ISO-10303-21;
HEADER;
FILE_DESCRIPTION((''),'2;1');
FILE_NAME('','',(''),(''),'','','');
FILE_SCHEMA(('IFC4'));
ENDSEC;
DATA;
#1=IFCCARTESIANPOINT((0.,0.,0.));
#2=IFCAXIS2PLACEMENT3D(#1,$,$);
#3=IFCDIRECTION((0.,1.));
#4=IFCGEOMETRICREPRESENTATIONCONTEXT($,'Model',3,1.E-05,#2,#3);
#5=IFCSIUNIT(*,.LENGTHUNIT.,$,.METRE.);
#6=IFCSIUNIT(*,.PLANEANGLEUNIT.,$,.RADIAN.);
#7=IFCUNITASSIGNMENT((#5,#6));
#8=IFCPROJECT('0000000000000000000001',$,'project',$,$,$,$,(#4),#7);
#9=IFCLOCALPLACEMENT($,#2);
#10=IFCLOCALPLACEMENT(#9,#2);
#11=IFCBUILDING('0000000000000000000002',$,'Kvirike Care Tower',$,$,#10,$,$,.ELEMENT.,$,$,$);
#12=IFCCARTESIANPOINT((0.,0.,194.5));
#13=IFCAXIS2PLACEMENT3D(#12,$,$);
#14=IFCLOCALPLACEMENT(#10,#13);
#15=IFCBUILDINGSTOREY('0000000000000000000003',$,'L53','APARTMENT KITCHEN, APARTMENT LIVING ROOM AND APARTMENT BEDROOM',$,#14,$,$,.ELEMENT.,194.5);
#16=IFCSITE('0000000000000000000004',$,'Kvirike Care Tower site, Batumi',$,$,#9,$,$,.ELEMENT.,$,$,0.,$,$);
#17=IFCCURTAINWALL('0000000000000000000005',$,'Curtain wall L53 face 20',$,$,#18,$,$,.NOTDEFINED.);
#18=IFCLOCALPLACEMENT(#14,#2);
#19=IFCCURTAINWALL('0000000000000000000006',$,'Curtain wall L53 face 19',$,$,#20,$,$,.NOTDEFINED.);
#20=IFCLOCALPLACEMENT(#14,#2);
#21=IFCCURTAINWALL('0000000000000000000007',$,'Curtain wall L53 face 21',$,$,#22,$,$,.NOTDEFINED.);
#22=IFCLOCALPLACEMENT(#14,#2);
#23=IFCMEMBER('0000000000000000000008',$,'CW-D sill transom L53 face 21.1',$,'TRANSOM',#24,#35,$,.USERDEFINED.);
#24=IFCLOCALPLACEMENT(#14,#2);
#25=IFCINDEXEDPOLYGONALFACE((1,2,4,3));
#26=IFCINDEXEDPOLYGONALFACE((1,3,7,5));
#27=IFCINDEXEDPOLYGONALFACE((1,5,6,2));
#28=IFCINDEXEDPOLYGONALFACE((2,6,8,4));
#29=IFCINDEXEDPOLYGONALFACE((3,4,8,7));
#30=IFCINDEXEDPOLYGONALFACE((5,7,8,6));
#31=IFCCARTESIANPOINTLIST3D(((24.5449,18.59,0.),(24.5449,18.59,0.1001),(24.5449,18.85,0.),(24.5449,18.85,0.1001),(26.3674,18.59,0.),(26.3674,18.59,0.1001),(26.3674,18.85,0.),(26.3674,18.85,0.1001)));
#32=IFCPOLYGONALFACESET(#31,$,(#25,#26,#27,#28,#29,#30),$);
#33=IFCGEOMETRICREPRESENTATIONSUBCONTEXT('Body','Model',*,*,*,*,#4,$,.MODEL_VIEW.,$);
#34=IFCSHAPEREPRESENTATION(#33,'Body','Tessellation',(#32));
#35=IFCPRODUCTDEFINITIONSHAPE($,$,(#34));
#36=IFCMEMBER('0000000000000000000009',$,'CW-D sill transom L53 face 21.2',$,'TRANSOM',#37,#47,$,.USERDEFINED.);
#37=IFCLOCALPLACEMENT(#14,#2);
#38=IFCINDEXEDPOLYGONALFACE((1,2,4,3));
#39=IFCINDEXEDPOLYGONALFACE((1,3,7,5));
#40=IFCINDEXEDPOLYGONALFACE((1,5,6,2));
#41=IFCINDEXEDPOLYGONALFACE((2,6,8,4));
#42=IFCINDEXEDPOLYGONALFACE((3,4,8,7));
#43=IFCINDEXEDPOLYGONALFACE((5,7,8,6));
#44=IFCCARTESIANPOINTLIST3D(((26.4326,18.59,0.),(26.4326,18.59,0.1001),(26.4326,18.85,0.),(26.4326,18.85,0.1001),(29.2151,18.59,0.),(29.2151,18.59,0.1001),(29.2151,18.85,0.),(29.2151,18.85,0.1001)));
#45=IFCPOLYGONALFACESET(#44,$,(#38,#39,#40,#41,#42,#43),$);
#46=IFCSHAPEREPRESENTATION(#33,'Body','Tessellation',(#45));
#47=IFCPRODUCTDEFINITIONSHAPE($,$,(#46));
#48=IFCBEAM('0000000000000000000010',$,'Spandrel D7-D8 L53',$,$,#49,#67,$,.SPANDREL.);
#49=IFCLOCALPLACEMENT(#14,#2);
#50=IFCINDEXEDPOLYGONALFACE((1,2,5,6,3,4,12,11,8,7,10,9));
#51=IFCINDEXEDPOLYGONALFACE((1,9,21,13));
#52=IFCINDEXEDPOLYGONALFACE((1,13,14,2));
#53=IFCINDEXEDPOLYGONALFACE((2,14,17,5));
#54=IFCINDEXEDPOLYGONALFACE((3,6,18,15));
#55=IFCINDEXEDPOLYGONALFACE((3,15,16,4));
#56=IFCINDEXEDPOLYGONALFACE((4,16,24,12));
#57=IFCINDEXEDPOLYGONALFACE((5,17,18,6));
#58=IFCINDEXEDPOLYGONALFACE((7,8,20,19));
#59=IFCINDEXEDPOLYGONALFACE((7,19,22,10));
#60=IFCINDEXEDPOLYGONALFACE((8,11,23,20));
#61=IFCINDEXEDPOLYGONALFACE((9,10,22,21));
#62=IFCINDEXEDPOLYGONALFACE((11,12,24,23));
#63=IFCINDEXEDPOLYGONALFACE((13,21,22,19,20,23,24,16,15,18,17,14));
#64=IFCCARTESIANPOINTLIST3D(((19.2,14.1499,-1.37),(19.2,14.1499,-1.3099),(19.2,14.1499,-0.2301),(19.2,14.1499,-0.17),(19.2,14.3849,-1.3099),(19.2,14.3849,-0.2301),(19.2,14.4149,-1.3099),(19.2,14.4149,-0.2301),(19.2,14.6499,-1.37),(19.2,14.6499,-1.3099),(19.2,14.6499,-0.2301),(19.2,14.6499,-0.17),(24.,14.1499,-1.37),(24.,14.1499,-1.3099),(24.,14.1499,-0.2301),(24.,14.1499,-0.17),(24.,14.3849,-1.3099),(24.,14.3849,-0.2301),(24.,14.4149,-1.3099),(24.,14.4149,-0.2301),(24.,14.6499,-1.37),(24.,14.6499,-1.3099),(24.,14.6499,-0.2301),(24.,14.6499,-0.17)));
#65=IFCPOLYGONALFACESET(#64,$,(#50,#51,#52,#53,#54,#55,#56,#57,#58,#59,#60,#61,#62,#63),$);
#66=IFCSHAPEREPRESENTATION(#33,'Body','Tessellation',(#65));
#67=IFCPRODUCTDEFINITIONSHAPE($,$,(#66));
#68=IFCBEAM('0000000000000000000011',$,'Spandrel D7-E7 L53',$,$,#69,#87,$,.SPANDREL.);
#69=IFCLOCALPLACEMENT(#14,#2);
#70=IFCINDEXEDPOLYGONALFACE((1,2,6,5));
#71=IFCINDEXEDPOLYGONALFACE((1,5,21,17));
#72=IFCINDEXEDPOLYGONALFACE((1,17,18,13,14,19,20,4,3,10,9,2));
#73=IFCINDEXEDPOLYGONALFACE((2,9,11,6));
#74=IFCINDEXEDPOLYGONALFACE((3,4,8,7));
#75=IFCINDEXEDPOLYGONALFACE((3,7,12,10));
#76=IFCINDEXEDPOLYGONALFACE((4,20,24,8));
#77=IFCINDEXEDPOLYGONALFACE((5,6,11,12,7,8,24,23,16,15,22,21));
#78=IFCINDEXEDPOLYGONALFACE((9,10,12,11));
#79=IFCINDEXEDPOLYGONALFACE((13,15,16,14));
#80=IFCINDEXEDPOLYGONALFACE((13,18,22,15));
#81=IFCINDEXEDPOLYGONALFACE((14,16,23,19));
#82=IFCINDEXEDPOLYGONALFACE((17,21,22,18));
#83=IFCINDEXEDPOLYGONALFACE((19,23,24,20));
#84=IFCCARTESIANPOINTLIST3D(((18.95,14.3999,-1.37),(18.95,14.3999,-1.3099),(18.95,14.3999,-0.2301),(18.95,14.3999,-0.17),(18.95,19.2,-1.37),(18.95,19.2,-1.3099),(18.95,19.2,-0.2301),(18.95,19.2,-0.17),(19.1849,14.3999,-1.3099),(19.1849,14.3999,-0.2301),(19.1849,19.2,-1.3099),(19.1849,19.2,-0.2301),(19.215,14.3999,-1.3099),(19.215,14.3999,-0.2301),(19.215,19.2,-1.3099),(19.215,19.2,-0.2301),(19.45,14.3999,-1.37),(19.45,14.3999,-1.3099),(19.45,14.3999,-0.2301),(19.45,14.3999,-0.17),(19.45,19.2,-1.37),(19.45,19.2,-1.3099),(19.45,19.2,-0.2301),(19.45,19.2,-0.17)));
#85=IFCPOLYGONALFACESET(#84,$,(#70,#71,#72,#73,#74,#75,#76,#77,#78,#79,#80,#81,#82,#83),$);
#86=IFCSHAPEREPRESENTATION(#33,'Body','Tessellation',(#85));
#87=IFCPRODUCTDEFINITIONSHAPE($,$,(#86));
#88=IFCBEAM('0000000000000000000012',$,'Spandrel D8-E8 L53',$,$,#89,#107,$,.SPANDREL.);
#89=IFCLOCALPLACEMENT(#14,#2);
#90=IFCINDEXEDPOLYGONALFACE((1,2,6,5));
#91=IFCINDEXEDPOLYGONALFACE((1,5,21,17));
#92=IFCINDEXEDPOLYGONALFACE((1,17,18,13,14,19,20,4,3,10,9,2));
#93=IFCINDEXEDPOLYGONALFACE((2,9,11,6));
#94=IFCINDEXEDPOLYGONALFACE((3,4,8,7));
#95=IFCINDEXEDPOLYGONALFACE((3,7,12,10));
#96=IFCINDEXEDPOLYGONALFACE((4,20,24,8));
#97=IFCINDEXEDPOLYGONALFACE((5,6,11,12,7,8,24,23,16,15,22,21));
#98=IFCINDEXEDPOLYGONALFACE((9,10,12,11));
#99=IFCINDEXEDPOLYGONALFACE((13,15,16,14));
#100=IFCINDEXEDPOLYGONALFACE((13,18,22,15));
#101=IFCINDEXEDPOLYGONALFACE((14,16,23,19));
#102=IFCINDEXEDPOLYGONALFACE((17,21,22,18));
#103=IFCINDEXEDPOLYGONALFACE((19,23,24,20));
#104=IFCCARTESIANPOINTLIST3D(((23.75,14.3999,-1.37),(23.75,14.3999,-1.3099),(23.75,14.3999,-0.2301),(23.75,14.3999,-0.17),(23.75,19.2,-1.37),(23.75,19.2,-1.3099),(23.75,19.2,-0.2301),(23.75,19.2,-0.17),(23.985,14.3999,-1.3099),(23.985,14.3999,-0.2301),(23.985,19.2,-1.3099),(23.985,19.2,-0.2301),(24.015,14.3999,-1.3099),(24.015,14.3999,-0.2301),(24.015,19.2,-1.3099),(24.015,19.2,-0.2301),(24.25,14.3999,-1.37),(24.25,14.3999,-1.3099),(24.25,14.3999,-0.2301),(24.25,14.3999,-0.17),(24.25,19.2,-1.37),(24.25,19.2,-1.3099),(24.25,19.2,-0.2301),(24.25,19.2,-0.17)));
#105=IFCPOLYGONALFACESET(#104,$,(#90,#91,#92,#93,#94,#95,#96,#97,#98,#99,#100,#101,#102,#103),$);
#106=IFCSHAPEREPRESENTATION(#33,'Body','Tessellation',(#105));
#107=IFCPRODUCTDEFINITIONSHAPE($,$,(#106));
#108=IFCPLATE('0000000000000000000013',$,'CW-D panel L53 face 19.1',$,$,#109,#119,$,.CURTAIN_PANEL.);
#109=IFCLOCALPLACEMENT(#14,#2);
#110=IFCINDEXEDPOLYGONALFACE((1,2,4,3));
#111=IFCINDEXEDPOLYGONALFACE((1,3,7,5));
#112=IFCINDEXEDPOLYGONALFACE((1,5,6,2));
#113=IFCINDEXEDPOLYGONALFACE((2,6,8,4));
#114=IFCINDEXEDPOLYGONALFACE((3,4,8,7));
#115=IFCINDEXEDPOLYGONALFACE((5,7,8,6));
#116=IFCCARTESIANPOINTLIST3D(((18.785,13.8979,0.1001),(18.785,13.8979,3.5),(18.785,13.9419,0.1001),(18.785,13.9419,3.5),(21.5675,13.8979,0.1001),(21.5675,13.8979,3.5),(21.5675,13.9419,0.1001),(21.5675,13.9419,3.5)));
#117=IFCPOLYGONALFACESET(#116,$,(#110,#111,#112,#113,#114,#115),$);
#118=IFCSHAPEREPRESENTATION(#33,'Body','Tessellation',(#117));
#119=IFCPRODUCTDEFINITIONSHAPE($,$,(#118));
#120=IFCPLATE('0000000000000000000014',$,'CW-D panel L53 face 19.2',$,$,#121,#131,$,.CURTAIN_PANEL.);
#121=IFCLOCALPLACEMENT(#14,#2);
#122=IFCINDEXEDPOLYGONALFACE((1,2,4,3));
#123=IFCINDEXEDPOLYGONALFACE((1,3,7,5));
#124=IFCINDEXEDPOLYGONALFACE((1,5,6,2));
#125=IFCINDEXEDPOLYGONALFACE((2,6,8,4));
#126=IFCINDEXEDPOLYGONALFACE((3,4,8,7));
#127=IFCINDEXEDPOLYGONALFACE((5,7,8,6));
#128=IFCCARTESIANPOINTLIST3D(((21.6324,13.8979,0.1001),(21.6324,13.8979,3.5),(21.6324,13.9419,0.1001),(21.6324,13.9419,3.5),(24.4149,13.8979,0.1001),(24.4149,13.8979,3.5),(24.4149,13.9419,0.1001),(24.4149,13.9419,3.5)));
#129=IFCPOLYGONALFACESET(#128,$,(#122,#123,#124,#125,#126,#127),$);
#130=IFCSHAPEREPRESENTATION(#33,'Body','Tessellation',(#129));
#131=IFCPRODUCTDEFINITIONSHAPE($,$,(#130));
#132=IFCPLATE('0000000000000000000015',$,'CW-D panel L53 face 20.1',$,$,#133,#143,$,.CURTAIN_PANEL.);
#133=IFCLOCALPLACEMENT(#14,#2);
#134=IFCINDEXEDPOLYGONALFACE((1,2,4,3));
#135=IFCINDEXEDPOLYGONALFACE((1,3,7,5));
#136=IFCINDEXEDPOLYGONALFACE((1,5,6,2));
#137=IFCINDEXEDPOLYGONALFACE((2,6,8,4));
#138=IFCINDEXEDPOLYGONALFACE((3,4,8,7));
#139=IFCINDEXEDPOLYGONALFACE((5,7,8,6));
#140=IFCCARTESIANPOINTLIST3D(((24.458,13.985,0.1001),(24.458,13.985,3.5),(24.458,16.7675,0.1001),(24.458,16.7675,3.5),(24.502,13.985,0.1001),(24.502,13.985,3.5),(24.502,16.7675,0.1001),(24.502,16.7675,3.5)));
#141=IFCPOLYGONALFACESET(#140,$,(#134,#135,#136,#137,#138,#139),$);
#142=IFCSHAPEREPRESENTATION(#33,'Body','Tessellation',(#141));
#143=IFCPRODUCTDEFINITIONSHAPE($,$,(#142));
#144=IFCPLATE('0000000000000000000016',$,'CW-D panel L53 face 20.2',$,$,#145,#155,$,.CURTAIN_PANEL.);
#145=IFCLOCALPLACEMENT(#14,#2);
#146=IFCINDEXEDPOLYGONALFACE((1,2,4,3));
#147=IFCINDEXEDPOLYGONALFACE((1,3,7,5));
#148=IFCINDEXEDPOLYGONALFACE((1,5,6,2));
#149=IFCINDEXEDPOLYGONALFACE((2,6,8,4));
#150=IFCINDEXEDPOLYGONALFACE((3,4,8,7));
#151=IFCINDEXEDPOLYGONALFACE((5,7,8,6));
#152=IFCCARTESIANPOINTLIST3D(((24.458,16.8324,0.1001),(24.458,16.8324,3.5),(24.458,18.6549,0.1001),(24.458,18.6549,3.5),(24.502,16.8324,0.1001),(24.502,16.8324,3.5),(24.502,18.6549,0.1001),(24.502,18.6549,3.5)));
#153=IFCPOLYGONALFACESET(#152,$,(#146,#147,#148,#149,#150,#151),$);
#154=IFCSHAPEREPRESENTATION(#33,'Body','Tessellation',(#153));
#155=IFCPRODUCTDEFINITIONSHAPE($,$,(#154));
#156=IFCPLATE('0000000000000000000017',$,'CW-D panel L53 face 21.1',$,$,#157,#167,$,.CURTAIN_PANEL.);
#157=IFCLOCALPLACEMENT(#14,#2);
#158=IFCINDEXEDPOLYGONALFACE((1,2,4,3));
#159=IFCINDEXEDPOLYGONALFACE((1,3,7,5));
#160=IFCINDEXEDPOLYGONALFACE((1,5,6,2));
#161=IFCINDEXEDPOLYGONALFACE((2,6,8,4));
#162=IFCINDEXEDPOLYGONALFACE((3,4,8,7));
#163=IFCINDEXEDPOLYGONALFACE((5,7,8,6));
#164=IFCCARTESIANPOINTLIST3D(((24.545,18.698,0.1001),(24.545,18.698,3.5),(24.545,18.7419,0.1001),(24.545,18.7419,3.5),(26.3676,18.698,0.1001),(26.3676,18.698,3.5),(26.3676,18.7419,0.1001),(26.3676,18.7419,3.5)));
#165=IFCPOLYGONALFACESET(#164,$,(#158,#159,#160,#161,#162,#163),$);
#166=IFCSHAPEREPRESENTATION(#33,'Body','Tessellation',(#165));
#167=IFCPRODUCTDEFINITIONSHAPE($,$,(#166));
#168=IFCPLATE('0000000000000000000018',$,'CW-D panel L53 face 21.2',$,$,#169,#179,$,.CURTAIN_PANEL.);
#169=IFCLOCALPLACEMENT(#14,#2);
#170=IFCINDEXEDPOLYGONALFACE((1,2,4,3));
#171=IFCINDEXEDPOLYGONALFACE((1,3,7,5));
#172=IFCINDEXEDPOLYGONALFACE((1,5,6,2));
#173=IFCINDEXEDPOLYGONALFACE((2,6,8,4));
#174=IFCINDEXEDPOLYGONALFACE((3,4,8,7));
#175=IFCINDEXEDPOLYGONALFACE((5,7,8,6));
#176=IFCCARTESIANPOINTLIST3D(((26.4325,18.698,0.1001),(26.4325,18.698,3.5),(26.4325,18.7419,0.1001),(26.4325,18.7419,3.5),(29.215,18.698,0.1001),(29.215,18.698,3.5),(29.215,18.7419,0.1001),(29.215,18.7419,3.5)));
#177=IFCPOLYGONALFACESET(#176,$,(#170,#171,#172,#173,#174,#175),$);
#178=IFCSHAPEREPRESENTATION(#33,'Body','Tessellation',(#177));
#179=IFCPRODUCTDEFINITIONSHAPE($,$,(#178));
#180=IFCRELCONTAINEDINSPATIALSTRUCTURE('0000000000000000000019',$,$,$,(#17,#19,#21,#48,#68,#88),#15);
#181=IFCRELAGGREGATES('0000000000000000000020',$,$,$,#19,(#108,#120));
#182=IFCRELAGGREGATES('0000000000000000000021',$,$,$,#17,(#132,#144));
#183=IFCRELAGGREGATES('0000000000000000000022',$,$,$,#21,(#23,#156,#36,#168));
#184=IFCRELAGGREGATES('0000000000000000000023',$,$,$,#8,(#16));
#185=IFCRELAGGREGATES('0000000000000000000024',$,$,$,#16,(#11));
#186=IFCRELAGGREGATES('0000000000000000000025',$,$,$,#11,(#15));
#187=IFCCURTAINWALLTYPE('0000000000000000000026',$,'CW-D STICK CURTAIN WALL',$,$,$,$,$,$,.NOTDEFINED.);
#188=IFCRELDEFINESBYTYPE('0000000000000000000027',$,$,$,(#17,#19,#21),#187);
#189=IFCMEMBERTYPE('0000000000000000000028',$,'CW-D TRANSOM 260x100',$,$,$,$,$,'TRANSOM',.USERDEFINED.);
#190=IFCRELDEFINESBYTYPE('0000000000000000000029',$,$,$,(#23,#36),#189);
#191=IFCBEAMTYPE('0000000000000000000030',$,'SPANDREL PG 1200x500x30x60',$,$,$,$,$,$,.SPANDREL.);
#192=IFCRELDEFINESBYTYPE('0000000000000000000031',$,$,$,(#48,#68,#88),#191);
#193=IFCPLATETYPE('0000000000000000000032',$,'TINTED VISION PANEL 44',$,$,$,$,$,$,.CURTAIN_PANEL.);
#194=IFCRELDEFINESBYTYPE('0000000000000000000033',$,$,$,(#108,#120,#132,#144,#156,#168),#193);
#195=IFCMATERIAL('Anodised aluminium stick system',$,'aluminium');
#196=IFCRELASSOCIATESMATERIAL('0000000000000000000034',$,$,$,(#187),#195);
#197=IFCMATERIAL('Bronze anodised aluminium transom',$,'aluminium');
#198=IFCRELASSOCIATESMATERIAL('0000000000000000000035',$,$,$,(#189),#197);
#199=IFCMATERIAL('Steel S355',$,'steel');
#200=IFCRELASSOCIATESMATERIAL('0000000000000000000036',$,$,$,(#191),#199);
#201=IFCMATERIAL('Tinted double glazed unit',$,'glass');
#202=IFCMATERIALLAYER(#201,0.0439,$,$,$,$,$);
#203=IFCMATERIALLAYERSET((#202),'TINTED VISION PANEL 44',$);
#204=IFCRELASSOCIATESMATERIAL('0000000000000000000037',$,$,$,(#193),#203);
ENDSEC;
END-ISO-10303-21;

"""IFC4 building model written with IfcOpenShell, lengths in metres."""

from ifc_helpers import new_model, si_unit, direction, frame, origin, origin_2d, place, context, subcontext, project, spatial, rectangle, i_section, extrude, material, layer, layer_set, material_profile, profile_set, type_object, element, aggregate, save


model = new_model("IFC4")

# Units and contexts
model_context = context("Model", 3, precision=1e-05, world=origin(), true_north=direction((0.0, 1.0)))
body_context = subcontext(model_context, "Body", "Model", "MODEL_VIEW")
ifc_project = project(units=[si_unit("LENGTHUNIT", "METRE"), si_unit("PLANEANGLEUNIT", "RADIAN")], contexts=[model_context])

# Site, building, storey
site_placement = place(None, origin())
site = spatial("IfcSite", under=ifc_project, at=site_placement, Name="Kvirike Care Tower site, Batumi", CompositionType="ELEMENT", RefElevation=0.0)
building_placement = place(site_placement, origin())
building = spatial("IfcBuilding", under=site, at=building_placement, Name="Kvirike Care Tower", CompositionType="ELEMENT")
storey_placement = place(building_placement, frame((0.0, 0.0, 194.5)))
storey = spatial("IfcBuildingStorey", under=building, at=storey_placement, Name="L53", Description="APARTMENT KITCHEN, APARTMENT LIVING ROOM AND APARTMENT BEDROOM", CompositionType="ELEMENT", Elevation=194.5)

# Curtain wall
ifc_material_1 = material(Name="Anodised aluminium stick system", Category="aluminium")
curtain_wall_type = type_object("IfcCurtainWallType", Name="CW-D STICK CURTAIN WALL", PredefinedType="NOTDEFINED", material=ifc_material_1)
curtain_wall_1_placement = place(storey_placement, origin())
curtain_wall_1 = element("IfcCurtainWall", 1, at=curtain_wall_1_placement, inside=storey, type_object=curtain_wall_type, Name="Curtain wall L53 face 20", PredefinedType="NOTDEFINED")

# Curtain wall
curtain_wall_2_placement = place(storey_placement, origin())
curtain_wall_2 = element("IfcCurtainWall", 2, at=curtain_wall_2_placement, inside=storey, type_object=curtain_wall_type, Name="Curtain wall L53 face 19", PredefinedType="NOTDEFINED")

# Curtain wall
curtain_wall_3_placement = place(storey_placement, origin())
curtain_wall_3 = element("IfcCurtainWall", 3, at=curtain_wall_3_placement, inside=storey, type_object=curtain_wall_type, Name="Curtain wall L53 face 21", PredefinedType="NOTDEFINED")

# Members
ifc_material_2 = material(Name="Bronze anodised aluminium transom", Category="aluminium")
ifc_material_profile_1 = material_profile(ifc_material_2, rectangle(XDim=0.26, YDim=0.1001, at=origin_2d()), Name="CW-D TRANSOM 260x100")
ifc_profile_set_1 = profile_set([ifc_material_profile_1], Name="Bronze anodised aluminium transom")
member_type_1 = type_object("IfcMemberType", Name="CW-D TRANSOM 260x100", ElementType="TRANSOM", PredefinedType="USERDEFINED", material=ifc_profile_set_1)
member_1_placement = place(storey_placement, frame((24.5449, 18.72, 0.05), z_axis=(1.0, 0.0, 0.0), x_axis=(0.0, 1.0, 0.0)))
member_1 = element("IfcMember", 4, at=member_1_placement, type_object=member_type_1, Name="CW-D sill transom L53 face 21.1", ObjectType="TRANSOM", PredefinedType="USERDEFINED", context=body_context, shape_type="SweptSolid", body=[
    extrude(rectangle(XDim=0.26, YDim=0.1001, at=origin_2d()), origin(), (0.0, 0.0, 1.0), 1.8225),
])
member_2_placement = place(storey_placement, frame((26.4326, 18.72, 0.05), z_axis=(1.0, 0.0, 0.0), x_axis=(0.0, 1.0, 0.0)))
member_2 = element("IfcMember", 5, at=member_2_placement, type_object=member_type_1, Name="CW-D sill transom L53 face 21.2", ObjectType="TRANSOM", PredefinedType="USERDEFINED", context=body_context, shape_type="SweptSolid", body=[
    extrude(rectangle(XDim=0.26, YDim=0.1001, at=origin_2d()), origin(), (0.0, 0.0, 1.0), 2.7825),
])

# Beams
ifc_material_3 = material(Name="Steel S355", Category="steel")
ifc_material_profile_2 = material_profile(ifc_material_3, i_section(OverallWidth=0.5, OverallDepth=1.2, WebThickness=0.03, FlangeThickness=0.0601, at=origin_2d()), Name="PG 1200x500x30x60")
ifc_profile_set_2 = profile_set([ifc_material_profile_2], Name="Steel S355")
beam_type = type_object("IfcBeamType", Name="SPANDREL PG 1200x500x30x60", PredefinedType="SPANDREL", material=ifc_profile_set_2)
for number, where, z_axis, x_axis, name in (
    (6, (19.2, 14.3999, -0.77), (1.0, 0.0, 0.0), (0.0, 1.0, 0.0), "Spandrel D7-D8 L53"),
    (7, (19.2, 14.3999, -0.77), (0.0, 1.0, 0.0), (-1.0, 0.0, 0.0), "Spandrel D7-E7 L53"),
    (8, (24.0, 14.3999, -0.77), (0.0, 1.0, 0.0), (-1.0, 0.0, 0.0), "Spandrel D8-E8 L53"),
):
    element("IfcBeam", number, at=place(storey_placement, frame(where, z_axis=z_axis, x_axis=x_axis)), inside=storey, type_object=beam_type, Name=name, PredefinedType="SPANDREL", context=body_context, shape_type="SweptSolid", body=[
        extrude(i_section(OverallWidth=0.5, OverallDepth=1.2, WebThickness=0.03, FlangeThickness=0.0601, at=origin_2d()), origin(), (0.0, 0.0, 1.0), 4.8),
    ])

# Plates
ifc_material_4 = material(Name="Tinted double glazed unit", Category="glass")
ifc_layer = layer(ifc_material_4, 0.0439)
ifc_layer_set = layer_set([ifc_layer], Name="TINTED VISION PANEL 44")
plate_type = type_object("IfcPlateType", Name="TINTED VISION PANEL 44", PredefinedType="CURTAIN_PANEL", material=ifc_layer_set)
plate_1_placement = place(storey_placement, frame((20.1763, 13.9199, 0.1001), z_axis=(0.0, 0.0, 1.0), x_axis=(1.0, 0.0, 0.0)))
plate_1 = element("IfcPlate", 9, at=plate_1_placement, type_object=plate_type, Name="CW-D panel L53 face 19.1", PredefinedType="CURTAIN_PANEL", context=body_context, shape_type="SweptSolid", body=[
    extrude(rectangle(XDim=2.7825, YDim=0.0439, at=origin_2d()), origin(), (0.0, 0.0, 1.0), 3.3999),
])
plate_2_placement = place(storey_placement, frame((23.0237, 13.9199, 0.1001), z_axis=(0.0, 0.0, 1.0), x_axis=(1.0, 0.0, 0.0)))
plate_2 = element("IfcPlate", 10, at=plate_2_placement, type_object=plate_type, Name="CW-D panel L53 face 19.2", PredefinedType="CURTAIN_PANEL", context=body_context, shape_type="SweptSolid", body=[
    extrude(rectangle(XDim=2.7825, YDim=0.0439, at=origin_2d()), origin(), (0.0, 0.0, 1.0), 3.3999),
])
aggregate(curtain_wall_2, [plate_1, plate_2])
plate_3_placement = place(storey_placement, frame((24.48, 15.3762, 0.1001), z_axis=(0.0, 0.0, 1.0), x_axis=(0.0, 1.0, 0.0)))
plate_3 = element("IfcPlate", 11, at=plate_3_placement, type_object=plate_type, Name="CW-D panel L53 face 20.1", PredefinedType="CURTAIN_PANEL", context=body_context, shape_type="SweptSolid", body=[
    extrude(rectangle(XDim=2.7825, YDim=0.0439, at=origin_2d()), origin(), (0.0, 0.0, 1.0), 3.3999),
])
plate_4_placement = place(storey_placement, frame((24.48, 17.7437, 0.1001), z_axis=(0.0, 0.0, 1.0), x_axis=(0.0, 1.0, 0.0)))
plate_4 = element("IfcPlate", 12, at=plate_4_placement, type_object=plate_type, Name="CW-D panel L53 face 20.2", PredefinedType="CURTAIN_PANEL", context=body_context, shape_type="SweptSolid", body=[
    extrude(rectangle(XDim=1.8225, YDim=0.0439, at=origin_2d()), origin(), (0.0, 0.0, 1.0), 3.3999),
])
aggregate(curtain_wall_1, [plate_3, plate_4])
plate_5_placement = place(storey_placement, frame((25.4563, 18.72, 0.1001), z_axis=(0.0, 0.0, 1.0), x_axis=(1.0, 0.0, 0.0)))
plate_5 = element("IfcPlate", 13, at=plate_5_placement, type_object=plate_type, Name="CW-D panel L53 face 21.1", PredefinedType="CURTAIN_PANEL", context=body_context, shape_type="SweptSolid", body=[
    extrude(rectangle(XDim=1.8225, YDim=0.0439, at=origin_2d()), origin(), (0.0, 0.0, 1.0), 3.3999),
])
plate_6_placement = place(storey_placement, frame((27.8237, 18.72, 0.1001), z_axis=(0.0, 0.0, 1.0), x_axis=(1.0, 0.0, 0.0)))
plate_6 = element("IfcPlate", 14, at=plate_6_placement, type_object=plate_type, Name="CW-D panel L53 face 21.2", PredefinedType="CURTAIN_PANEL", context=body_context, shape_type="SweptSolid", body=[
    extrude(rectangle(XDim=2.7825, YDim=0.0439, at=origin_2d()), origin(), (0.0, 0.0, 1.0), 3.3999),
])
aggregate(curtain_wall_3, [member_1, plate_5, member_2, plate_6])

save(model, "model.ifc")
